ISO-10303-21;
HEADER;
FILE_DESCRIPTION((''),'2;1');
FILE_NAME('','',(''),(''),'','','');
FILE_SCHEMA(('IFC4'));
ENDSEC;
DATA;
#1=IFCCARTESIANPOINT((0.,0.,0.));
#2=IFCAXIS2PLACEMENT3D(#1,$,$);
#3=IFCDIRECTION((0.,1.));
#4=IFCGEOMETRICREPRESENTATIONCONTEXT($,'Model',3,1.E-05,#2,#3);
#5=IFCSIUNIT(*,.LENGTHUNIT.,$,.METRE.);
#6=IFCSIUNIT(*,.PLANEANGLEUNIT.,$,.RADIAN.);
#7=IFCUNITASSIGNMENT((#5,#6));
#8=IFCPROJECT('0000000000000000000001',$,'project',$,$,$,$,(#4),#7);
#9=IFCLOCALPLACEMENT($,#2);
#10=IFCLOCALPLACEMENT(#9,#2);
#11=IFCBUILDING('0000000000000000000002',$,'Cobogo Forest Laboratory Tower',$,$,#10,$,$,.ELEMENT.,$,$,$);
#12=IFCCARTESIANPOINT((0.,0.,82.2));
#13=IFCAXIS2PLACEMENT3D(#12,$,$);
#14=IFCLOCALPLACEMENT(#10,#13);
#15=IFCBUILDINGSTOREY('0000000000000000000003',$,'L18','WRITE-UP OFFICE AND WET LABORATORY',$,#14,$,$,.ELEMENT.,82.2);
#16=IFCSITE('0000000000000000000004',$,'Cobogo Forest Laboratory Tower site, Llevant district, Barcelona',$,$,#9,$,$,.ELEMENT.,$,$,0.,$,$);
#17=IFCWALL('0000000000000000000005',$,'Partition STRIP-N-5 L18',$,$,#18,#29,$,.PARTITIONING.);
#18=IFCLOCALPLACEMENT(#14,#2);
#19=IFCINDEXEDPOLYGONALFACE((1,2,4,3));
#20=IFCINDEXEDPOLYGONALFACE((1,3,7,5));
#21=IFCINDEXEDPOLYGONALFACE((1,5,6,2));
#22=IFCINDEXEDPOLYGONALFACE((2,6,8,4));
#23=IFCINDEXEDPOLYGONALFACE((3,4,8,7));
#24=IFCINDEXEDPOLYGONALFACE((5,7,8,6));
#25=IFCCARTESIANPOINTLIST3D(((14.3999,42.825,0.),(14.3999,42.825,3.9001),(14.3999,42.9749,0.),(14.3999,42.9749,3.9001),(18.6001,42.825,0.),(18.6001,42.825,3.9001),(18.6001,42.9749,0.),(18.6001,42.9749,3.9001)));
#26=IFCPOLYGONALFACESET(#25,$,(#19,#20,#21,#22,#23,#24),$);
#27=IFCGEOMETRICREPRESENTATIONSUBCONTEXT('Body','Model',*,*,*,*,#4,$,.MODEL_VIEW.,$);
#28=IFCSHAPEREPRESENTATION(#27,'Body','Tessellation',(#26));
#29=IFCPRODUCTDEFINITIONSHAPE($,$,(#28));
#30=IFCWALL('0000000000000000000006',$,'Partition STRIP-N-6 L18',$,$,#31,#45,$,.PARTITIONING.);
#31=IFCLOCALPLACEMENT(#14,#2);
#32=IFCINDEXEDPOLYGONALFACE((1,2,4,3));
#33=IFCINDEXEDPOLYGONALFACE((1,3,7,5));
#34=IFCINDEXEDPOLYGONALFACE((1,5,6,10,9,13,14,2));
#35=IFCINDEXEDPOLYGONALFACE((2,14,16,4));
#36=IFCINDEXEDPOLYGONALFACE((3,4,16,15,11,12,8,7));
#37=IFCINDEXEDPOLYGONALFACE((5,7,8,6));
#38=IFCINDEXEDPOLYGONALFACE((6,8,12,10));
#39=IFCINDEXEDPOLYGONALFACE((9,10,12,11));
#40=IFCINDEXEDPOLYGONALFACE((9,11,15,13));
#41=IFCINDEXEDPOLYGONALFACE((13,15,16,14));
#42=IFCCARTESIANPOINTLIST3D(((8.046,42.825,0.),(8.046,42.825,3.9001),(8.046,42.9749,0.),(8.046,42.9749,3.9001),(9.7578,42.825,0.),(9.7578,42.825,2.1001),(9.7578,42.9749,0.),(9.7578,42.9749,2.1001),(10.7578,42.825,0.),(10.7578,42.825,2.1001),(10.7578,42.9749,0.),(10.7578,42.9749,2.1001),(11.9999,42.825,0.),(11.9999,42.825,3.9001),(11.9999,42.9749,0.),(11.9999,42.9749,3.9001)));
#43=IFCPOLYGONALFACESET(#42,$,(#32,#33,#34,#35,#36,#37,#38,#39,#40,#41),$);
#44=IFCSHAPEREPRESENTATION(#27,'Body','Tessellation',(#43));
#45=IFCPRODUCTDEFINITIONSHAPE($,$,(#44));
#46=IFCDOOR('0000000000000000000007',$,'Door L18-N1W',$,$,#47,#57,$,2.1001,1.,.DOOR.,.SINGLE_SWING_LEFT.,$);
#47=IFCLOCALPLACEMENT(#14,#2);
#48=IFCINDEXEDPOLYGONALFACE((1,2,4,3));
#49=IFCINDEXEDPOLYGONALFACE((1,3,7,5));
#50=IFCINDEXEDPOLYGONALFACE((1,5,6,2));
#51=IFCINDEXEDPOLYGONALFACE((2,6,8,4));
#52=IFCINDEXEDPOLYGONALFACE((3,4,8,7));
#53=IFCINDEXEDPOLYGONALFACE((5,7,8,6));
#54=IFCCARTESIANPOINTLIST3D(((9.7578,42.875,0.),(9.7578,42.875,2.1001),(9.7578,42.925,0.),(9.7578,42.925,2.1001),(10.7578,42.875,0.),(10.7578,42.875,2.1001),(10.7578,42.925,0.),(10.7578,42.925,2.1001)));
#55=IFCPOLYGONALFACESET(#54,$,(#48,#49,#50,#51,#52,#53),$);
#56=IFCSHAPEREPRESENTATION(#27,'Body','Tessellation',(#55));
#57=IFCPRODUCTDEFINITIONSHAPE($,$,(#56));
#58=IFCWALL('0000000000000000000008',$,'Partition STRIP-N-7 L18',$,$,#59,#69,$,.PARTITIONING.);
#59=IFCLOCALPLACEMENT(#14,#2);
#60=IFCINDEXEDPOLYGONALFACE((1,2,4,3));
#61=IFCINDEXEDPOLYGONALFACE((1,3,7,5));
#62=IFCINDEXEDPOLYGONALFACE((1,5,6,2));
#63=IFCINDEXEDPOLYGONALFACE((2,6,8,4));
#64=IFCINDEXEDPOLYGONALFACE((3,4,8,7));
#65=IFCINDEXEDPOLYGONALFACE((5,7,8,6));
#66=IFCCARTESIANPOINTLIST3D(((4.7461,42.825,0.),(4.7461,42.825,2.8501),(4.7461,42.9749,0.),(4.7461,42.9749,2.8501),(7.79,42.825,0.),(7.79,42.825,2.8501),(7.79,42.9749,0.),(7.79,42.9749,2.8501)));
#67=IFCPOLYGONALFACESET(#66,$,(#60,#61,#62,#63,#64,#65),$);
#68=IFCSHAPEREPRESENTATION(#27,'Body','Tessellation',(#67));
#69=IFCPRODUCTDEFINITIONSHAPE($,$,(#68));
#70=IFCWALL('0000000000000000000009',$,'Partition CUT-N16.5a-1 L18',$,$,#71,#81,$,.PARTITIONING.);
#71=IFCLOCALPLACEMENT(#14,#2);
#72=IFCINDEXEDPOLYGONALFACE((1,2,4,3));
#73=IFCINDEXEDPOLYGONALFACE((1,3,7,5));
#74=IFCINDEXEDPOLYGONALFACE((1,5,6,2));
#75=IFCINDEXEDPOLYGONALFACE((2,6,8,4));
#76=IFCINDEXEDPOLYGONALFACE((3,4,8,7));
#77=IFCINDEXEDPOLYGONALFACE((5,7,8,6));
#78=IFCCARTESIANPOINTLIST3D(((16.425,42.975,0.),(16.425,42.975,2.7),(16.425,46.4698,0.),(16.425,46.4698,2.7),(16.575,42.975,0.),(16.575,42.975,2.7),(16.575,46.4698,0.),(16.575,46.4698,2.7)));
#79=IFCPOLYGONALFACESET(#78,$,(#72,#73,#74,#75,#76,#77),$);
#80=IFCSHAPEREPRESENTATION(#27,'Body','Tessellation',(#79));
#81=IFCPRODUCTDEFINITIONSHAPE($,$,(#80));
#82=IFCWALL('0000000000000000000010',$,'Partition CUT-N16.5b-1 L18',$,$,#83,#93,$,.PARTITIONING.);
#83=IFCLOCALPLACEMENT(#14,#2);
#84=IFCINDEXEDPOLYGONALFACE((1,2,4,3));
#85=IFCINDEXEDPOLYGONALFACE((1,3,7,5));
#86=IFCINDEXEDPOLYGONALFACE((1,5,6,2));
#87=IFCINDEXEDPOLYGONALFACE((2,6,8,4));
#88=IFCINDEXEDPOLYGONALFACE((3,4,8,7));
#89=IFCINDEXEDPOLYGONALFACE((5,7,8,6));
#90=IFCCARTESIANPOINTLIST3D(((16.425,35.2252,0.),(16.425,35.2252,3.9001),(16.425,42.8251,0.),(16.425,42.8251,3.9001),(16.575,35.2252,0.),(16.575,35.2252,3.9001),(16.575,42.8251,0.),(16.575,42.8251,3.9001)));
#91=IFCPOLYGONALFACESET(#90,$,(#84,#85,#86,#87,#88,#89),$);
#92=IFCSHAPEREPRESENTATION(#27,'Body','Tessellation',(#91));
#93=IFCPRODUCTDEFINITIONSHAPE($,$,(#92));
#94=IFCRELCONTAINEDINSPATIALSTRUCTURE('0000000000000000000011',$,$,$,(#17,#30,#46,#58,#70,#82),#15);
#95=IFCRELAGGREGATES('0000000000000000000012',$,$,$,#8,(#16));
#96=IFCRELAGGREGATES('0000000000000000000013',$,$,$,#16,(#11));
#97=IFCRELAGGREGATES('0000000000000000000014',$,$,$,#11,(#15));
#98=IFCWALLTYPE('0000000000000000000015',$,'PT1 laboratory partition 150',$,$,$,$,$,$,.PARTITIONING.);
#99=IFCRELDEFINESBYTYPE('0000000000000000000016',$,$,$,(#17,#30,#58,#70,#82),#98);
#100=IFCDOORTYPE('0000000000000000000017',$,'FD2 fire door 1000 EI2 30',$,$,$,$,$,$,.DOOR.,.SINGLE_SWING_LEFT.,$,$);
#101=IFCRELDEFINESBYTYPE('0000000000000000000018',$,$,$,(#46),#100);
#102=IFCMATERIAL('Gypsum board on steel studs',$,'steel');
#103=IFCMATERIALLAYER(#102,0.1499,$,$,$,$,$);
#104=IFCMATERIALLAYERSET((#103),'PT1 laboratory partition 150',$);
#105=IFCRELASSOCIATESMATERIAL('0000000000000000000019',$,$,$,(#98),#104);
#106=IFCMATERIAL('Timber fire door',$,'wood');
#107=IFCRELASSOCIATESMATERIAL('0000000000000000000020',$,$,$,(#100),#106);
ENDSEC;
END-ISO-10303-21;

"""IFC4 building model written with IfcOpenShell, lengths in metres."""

from ifc_helpers import new_model, si_unit, direction, frame, frame_2d, origin, place, context, subcontext, project, spatial, rectangle, extrude, material, layer, layer_set, type_object, element, fill, save


model = new_model("IFC4")

# Units and contexts
model_context = context("Model", 3, precision=1e-05, world=origin(), true_north=direction((0.0, 1.0)))
body_context = subcontext(model_context, "Body", "Model", "MODEL_VIEW")
ifc_project = project(units=[si_unit("LENGTHUNIT", "METRE"), si_unit("PLANEANGLEUNIT", "RADIAN")], contexts=[model_context])

# Site, building, storey
site_placement = place(None, origin())
site = spatial("IfcSite", under=ifc_project, at=site_placement, Name="Cobogo Forest Laboratory Tower site, Llevant district, Barcelona", CompositionType="ELEMENT", RefElevation=0.0)
building_placement = place(site_placement, origin())
building = spatial("IfcBuilding", under=site, at=building_placement, Name="Cobogo Forest Laboratory Tower", CompositionType="ELEMENT")
storey_placement = place(building_placement, frame((0.0, 0.0, 82.2)))
storey = spatial("IfcBuildingStorey", under=building, at=storey_placement, Name="L18", Description="WRITE-UP OFFICE AND WET LABORATORY", CompositionType="ELEMENT", Elevation=82.2)

# Wall
ifc_material_1 = material(Name="Gypsum board on steel studs", Category="steel")
ifc_layer_1 = layer(ifc_material_1, 0.1499)
ifc_layer_set_1 = layer_set([ifc_layer_1], Name="PT1 laboratory partition 150")
wall_type = type_object("IfcWallType", Name="PT1 laboratory partition 150", PredefinedType="PARTITIONING", material=ifc_layer_set_1)
wall_1_placement = place(storey_placement, frame((18.6001, 42.8999, 0.0), z_axis=(0.0, 0.0, 1.0), x_axis=(-1.0, 0.0, 0.0)))
element("IfcWall", 1, at=wall_1_placement, inside=storey, type_object=wall_type, Name="Partition STRIP-N-5 L18", PredefinedType="PARTITIONING", context=body_context, shape_type="SweptSolid", body=[
    extrude(rectangle(XDim=4.2002, YDim=0.1499, at=frame_2d((2.1001, 0.0))), origin(), (0.0, 0.0, 1.0), 3.9001),
])

# Wall, opening, door
wall_2_placement = place(storey_placement, frame((12.0, 42.8999, 0.0), z_axis=(0.0, 0.0, 1.0), x_axis=(-1.0, 0.0, 0.0)))
wall_2 = element("IfcWall", 2, at=wall_2_placement, inside=storey, type_object=wall_type, Name="Partition STRIP-N-6 L18", PredefinedType="PARTITIONING", context=body_context, shape_type="SweptSolid", body=[
    extrude(rectangle(XDim=3.9539, YDim=0.1499, at=frame_2d((1.9771, 0.0))), origin(), (0.0, 0.0, 1.0), 3.9001),
])
opening_placement = place(wall_2_placement, frame((1.2422, 0.0, 0.0)))
opening = element("IfcOpeningElement", 3, at=opening_placement, cuts=wall_2, PredefinedType="OPENING", context=body_context, shape_type="SweptSolid", body=[
    extrude(rectangle(XDim=1.0, YDim=2.1001, at=frame_2d((0.5, 1.05))), frame((0.0, 0.085, 0.0), z_axis=(0.0, -1.0, 0.0), x_axis=(1.0, 0.0, 0.0)), (0.0, 0.0, 1.0), 0.1699),
])
ifc_material_2 = material(Name="Timber fire door", Category="wood")
door_type = type_object("IfcDoorType", Name="FD2 fire door 1000 EI2 30", OperationType="SINGLE_SWING_LEFT", PredefinedType="DOOR", material=ifc_material_2)
door_placement = place(opening_placement, origin())
door = element("IfcDoor", 4, at=door_placement, inside=storey, type_object=door_type, Name="Door L18-N1W", OperationType="SINGLE_SWING_LEFT", OverallHeight=2.1001, OverallWidth=1.0, PredefinedType="DOOR", context=body_context, shape_type="SweptSolid", body=[
    extrude(rectangle(XDim=1.0, YDim=2.1001, at=frame_2d((0.5, 1.05))), frame((0.0, 0.0249, 0.0), z_axis=(0.0, -1.0, 0.0), x_axis=(1.0, 0.0, 0.0)), (0.0, 0.0, 1.0), 0.05),
])
fill(opening, door)

# Walls
wall_3_placement = place(storey_placement, frame((7.79, 42.8999, 0.0), z_axis=(0.0, 0.0, 1.0), x_axis=(-1.0, 0.0, 0.0)))
element("IfcWall", 5, at=wall_3_placement, inside=storey, type_object=wall_type, Name="Partition STRIP-N-7 L18", PredefinedType="PARTITIONING", context=body_context, shape_type="SweptSolid", body=[
    extrude(rectangle(XDim=3.0439, YDim=0.1499, at=frame_2d((1.522, 0.0))), origin(), (0.0, 0.0, 1.0), 2.8501),
])
wall_4_placement = place(storey_placement, frame((16.5, 46.47, 0.0), z_axis=(0.0, 0.0, 1.0), x_axis=(0.0, -1.0, 0.0)))
element("IfcWall", 6, at=wall_4_placement, inside=storey, type_object=wall_type, Name="Partition CUT-N16.5a-1 L18", PredefinedType="PARTITIONING", context=body_context, shape_type="SweptSolid", body=[
    extrude(rectangle(XDim=3.4949, YDim=0.1499, at=frame_2d((1.7476, 0.0))), origin(), (0.0, 0.0, 1.0), 2.7),
])
wall_5_placement = place(storey_placement, frame((16.5, 42.825, 0.0), z_axis=(0.0, 0.0, 1.0), x_axis=(0.0, -1.0, 0.0)))
element("IfcWall", 7, at=wall_5_placement, inside=storey, type_object=wall_type, Name="Partition CUT-N16.5b-1 L18", PredefinedType="PARTITIONING", context=body_context, shape_type="SweptSolid", body=[
    extrude(rectangle(XDim=7.5999, YDim=0.1499, at=frame_2d((3.7998, 0.0))), origin(), (0.0, 0.0, 1.0), 3.9001),
])

save(model, "model.ifc")
